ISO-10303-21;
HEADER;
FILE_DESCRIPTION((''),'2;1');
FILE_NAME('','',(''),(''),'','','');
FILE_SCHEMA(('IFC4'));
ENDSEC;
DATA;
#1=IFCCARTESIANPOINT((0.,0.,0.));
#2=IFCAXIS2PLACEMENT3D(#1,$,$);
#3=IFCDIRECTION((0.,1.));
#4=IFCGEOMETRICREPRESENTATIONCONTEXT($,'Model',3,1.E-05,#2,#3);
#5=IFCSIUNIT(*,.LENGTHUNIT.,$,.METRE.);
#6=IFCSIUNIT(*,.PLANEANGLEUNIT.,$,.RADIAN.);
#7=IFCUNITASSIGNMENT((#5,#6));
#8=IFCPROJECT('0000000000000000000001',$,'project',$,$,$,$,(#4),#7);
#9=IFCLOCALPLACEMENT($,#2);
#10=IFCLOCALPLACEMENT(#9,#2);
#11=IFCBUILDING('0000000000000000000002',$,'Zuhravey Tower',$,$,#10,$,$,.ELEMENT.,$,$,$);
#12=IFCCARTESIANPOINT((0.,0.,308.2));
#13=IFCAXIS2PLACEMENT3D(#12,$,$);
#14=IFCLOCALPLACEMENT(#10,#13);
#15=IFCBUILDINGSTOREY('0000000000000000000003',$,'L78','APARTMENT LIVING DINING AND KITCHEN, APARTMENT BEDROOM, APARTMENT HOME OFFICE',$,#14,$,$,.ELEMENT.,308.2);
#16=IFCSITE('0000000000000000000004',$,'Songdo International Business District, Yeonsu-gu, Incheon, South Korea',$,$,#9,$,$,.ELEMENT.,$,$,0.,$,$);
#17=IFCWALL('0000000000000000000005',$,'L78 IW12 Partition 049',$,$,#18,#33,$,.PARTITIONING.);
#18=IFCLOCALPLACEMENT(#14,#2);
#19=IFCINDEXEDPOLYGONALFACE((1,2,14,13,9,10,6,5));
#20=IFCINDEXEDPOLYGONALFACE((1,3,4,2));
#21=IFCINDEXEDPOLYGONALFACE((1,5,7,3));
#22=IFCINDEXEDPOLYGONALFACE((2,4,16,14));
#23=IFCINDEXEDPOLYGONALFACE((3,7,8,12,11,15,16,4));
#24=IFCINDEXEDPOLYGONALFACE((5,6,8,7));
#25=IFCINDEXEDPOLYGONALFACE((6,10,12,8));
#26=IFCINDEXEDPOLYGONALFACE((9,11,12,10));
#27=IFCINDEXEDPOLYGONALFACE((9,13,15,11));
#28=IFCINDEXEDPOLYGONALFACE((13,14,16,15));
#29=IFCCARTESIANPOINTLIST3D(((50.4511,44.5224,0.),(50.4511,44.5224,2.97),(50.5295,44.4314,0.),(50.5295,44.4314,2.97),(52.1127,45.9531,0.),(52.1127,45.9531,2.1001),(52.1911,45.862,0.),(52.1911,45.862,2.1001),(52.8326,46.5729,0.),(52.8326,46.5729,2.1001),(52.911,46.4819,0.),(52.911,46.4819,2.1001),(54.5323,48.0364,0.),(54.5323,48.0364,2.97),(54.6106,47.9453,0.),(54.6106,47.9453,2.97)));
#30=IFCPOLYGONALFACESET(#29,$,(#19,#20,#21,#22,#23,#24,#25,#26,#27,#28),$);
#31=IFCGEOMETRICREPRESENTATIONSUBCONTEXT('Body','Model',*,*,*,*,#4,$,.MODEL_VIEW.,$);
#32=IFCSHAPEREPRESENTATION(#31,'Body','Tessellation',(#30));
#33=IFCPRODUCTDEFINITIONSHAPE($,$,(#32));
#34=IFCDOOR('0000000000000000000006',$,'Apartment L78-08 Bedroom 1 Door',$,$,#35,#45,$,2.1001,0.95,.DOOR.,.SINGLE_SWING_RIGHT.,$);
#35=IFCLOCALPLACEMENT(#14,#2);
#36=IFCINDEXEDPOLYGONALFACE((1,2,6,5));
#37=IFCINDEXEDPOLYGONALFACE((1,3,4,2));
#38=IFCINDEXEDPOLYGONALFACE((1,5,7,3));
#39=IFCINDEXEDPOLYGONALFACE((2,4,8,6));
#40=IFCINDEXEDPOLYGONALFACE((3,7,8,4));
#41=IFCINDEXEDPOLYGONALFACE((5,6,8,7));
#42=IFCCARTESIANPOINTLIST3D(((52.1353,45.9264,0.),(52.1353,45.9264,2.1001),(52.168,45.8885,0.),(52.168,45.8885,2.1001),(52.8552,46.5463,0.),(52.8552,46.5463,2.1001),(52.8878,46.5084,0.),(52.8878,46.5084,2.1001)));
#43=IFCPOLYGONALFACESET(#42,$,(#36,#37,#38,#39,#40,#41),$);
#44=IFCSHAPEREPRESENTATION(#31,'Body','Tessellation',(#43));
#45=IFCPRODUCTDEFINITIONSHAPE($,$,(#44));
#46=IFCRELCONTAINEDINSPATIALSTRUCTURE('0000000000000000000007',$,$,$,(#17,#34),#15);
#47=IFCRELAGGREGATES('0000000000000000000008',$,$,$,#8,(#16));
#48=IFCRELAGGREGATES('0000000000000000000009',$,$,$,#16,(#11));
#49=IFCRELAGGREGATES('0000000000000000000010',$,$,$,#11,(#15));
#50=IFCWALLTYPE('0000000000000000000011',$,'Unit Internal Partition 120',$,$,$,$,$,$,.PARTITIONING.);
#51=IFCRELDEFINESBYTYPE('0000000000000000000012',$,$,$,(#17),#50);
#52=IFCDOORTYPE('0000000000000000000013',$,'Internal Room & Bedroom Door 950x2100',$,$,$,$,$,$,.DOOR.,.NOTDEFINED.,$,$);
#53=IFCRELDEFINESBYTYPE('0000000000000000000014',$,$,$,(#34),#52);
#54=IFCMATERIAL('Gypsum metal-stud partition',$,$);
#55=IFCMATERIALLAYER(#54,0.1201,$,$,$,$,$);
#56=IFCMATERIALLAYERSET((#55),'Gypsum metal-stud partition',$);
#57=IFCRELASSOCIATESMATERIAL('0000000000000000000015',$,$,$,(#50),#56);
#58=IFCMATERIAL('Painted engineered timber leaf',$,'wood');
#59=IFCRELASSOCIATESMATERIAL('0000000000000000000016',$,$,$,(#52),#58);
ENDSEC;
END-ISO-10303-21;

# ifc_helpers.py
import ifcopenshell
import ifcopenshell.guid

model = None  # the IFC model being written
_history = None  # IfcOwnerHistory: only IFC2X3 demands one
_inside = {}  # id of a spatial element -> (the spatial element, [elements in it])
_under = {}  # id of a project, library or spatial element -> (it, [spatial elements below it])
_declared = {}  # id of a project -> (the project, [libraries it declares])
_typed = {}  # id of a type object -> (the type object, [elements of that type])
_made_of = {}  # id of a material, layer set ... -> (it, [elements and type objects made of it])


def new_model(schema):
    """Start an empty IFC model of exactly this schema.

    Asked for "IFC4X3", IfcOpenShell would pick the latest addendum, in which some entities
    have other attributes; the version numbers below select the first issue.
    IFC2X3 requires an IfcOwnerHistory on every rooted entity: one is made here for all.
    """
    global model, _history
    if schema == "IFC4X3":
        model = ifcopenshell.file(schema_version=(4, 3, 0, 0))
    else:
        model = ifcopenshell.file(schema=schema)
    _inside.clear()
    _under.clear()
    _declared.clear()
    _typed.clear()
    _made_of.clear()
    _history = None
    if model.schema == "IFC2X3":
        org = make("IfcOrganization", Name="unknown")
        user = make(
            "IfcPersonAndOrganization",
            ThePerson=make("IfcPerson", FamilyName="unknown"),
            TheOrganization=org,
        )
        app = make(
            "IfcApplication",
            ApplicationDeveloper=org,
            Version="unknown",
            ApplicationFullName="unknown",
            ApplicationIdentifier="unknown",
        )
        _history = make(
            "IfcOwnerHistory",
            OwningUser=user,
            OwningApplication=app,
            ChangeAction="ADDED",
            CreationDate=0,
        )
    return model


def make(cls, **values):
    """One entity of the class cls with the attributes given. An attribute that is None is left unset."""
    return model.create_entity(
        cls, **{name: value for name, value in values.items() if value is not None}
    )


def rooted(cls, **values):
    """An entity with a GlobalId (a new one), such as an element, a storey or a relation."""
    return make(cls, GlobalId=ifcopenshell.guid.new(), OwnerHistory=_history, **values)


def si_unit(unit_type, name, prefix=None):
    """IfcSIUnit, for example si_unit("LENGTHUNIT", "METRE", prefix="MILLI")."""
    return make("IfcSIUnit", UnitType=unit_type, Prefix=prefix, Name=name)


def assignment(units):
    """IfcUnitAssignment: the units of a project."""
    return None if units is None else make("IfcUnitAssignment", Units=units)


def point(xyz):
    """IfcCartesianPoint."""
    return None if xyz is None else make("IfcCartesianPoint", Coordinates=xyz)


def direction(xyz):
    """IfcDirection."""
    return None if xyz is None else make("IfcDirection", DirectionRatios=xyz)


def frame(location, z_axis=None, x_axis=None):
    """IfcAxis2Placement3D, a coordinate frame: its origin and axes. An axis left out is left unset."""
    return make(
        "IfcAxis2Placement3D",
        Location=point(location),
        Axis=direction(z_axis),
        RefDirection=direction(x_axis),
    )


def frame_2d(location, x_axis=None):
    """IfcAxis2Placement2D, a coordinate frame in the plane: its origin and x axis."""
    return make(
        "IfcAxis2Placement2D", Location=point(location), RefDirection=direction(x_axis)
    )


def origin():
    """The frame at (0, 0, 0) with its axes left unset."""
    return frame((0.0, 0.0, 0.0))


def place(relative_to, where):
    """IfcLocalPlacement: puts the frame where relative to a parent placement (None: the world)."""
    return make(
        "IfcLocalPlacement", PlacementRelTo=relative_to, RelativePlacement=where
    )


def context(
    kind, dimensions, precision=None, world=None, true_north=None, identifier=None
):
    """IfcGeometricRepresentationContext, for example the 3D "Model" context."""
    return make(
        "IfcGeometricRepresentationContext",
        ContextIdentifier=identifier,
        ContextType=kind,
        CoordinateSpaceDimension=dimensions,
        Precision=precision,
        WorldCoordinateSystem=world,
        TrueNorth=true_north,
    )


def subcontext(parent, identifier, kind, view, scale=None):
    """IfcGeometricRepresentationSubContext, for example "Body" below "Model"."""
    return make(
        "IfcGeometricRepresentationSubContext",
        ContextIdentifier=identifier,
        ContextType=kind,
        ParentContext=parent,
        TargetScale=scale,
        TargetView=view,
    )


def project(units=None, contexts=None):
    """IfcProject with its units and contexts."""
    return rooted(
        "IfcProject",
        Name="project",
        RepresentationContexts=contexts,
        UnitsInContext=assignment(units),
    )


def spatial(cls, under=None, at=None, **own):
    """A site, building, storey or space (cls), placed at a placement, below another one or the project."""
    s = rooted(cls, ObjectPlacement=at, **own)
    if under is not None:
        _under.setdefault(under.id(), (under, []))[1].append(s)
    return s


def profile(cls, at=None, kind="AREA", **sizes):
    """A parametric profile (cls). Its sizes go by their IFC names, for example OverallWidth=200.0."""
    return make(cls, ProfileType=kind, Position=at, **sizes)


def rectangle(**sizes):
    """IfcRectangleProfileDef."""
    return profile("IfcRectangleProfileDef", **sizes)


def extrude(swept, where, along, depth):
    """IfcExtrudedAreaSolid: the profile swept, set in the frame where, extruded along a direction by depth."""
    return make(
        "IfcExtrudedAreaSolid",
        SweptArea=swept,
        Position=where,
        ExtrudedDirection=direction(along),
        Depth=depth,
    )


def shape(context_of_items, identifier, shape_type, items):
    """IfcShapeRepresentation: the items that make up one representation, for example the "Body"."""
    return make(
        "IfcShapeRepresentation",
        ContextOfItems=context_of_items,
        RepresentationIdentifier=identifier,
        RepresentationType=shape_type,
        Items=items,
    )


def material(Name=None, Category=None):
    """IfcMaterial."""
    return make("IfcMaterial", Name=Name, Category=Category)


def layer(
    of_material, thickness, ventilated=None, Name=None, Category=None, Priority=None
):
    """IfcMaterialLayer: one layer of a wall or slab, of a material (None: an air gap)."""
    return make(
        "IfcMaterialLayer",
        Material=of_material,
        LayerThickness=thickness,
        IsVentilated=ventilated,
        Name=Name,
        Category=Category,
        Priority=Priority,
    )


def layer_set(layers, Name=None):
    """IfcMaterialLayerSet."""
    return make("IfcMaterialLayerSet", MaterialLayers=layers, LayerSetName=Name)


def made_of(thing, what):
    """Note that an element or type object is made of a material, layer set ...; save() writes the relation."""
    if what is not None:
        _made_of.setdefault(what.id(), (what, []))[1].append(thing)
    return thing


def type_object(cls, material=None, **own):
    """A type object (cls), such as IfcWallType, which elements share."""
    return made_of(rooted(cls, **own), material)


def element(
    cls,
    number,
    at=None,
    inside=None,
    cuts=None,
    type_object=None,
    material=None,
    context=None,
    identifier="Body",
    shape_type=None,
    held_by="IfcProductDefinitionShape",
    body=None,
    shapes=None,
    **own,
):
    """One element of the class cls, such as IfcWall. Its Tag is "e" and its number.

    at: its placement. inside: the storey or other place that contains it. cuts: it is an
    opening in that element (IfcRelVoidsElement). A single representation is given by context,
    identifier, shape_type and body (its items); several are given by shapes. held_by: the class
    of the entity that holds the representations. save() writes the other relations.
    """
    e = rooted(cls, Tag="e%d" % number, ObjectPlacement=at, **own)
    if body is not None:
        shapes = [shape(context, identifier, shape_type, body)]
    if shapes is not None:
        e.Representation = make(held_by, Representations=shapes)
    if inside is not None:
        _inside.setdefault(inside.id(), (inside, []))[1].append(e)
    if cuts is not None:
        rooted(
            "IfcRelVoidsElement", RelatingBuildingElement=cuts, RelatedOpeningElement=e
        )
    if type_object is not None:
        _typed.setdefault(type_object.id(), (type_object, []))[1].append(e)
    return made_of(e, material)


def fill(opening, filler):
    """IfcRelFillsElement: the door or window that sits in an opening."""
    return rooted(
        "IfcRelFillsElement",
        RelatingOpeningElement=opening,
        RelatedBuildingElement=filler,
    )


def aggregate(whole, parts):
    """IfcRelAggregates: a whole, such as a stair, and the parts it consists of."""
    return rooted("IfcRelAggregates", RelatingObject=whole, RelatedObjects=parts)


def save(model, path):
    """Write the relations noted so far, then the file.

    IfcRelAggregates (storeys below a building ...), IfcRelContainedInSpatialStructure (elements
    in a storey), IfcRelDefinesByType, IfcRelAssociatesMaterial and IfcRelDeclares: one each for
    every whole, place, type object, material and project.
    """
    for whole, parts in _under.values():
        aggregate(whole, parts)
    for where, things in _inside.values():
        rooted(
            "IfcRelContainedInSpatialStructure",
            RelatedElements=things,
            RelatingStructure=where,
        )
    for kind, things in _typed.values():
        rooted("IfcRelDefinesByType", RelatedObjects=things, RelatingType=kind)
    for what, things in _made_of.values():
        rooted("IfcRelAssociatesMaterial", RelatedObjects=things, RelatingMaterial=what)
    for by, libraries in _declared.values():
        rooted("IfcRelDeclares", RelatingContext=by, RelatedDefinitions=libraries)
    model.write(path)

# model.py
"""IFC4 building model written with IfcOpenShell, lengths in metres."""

from ifc_helpers import new_model, si_unit, direction, frame, frame_2d, origin, place, context, subcontext, project, spatial, rectangle, extrude, material, layer, layer_set, type_object, element, fill, save


model = new_model("IFC4")

# Units and contexts
model_context = context("Model", 3, precision=1e-05, world=origin(), true_north=direction((0.0, 1.0)))
body_context = subcontext(model_context, "Body", "Model", "MODEL_VIEW")
ifc_project = project(units=[si_unit("LENGTHUNIT", "METRE"), si_unit("PLANEANGLEUNIT", "RADIAN")], contexts=[model_context])

# Site, building, storey
site_placement = place(None, origin())
site = spatial("IfcSite", under=ifc_project, at=site_placement, Name="Songdo International Business District, Yeonsu-gu, Incheon, South Korea", CompositionType="ELEMENT", RefElevation=0.0)
building_placement = place(site_placement, origin())
building = spatial("IfcBuilding", under=site, at=building_placement, Name="Zuhravey Tower", CompositionType="ELEMENT")
storey_placement = place(building_placement, frame((0.0, 0.0, 308.2)))
storey = spatial("IfcBuildingStorey", under=building, at=storey_placement, Name="L78", Description="APARTMENT LIVING DINING AND KITCHEN, APARTMENT BEDROOM, APARTMENT HOME OFFICE", CompositionType="ELEMENT", Elevation=308.2)

# Wall, opening, door
ifc_material_1 = material(Name="Gypsum metal-stud partition")
ifc_layer_1 = layer(ifc_material_1, 0.1201)
ifc_layer_set_1 = layer_set([ifc_layer_1], Name="Gypsum metal-stud partition")
wall_type_1 = type_object("IfcWallType", Name="Unit Internal Partition 120", PredefinedType="PARTITIONING", material=ifc_layer_set_1)
wall_1_placement = place(storey_placement, frame((50.4902, 44.4768, 0.0), z_axis=(0.0, 0.0, 1.0), x_axis=(0.757799, 0.652488, 0.0)))
wall_1 = element("IfcWall", 1, at=wall_1_placement, inside=storey, type_object=wall_type_1, Name="L78 IW12 Partition 049", PredefinedType="PARTITIONING", context=body_context, shape_type="SweptSolid", body=[
    extrude(rectangle(XDim=5.3855, YDim=0.1201, at=frame_2d((2.6929, 0.0))), origin(), (0.0, 0.0, 1.0), 2.97),
])
opening_1_placement = place(wall_1_placement, frame((2.1926, 0.0, 0.0)))
opening_1 = element("IfcOpeningElement", 2, at=opening_1_placement, cuts=wall_1, PredefinedType="OPENING", context=body_context, shape_type="SweptSolid", body=[
    extrude(rectangle(XDim=0.95, YDim=2.1001, at=frame_2d((0.4751, 1.05))), frame((0.0, 0.072, 0.0), z_axis=(0.0, -1.0, 0.0), x_axis=(1.0, 0.0, 0.0)), (0.0, 0.0, 1.0), 0.144),
])
ifc_material_2 = material(Name="Painted engineered timber leaf", Category="wood")
door_type_1 = type_object("IfcDoorType", Name="Internal Room & Bedroom Door 950x2100", OperationType="NOTDEFINED", PredefinedType="DOOR", material=ifc_material_2)
door_1_placement = place(opening_1_placement, frame((0.95, 0.0, 0.0), z_axis=(0.0, 0.0, 1.0), x_axis=(-1.0, 0.0, 0.0)))
door_1 = element("IfcDoor", 3, at=door_1_placement, inside=storey, type_object=door_type_1, Name="Apartment L78-08 Bedroom 1 Door", OperationType="SINGLE_SWING_RIGHT", OverallHeight=2.1001, OverallWidth=0.95, PredefinedType="DOOR", context=body_context, shape_type="SweptSolid", body=[
    extrude(rectangle(XDim=0.95, YDim=2.1001, at=frame_2d((0.4751, 1.05))), frame((0.0, 0.0249, 0.0), z_axis=(0.0, -1.0, 0.0), x_axis=(1.0, 0.0, 0.0)), (0.0, 0.0, 1.0), 0.05),
])
fill(opening_1, door_1)

save(model, "model.ifc")
